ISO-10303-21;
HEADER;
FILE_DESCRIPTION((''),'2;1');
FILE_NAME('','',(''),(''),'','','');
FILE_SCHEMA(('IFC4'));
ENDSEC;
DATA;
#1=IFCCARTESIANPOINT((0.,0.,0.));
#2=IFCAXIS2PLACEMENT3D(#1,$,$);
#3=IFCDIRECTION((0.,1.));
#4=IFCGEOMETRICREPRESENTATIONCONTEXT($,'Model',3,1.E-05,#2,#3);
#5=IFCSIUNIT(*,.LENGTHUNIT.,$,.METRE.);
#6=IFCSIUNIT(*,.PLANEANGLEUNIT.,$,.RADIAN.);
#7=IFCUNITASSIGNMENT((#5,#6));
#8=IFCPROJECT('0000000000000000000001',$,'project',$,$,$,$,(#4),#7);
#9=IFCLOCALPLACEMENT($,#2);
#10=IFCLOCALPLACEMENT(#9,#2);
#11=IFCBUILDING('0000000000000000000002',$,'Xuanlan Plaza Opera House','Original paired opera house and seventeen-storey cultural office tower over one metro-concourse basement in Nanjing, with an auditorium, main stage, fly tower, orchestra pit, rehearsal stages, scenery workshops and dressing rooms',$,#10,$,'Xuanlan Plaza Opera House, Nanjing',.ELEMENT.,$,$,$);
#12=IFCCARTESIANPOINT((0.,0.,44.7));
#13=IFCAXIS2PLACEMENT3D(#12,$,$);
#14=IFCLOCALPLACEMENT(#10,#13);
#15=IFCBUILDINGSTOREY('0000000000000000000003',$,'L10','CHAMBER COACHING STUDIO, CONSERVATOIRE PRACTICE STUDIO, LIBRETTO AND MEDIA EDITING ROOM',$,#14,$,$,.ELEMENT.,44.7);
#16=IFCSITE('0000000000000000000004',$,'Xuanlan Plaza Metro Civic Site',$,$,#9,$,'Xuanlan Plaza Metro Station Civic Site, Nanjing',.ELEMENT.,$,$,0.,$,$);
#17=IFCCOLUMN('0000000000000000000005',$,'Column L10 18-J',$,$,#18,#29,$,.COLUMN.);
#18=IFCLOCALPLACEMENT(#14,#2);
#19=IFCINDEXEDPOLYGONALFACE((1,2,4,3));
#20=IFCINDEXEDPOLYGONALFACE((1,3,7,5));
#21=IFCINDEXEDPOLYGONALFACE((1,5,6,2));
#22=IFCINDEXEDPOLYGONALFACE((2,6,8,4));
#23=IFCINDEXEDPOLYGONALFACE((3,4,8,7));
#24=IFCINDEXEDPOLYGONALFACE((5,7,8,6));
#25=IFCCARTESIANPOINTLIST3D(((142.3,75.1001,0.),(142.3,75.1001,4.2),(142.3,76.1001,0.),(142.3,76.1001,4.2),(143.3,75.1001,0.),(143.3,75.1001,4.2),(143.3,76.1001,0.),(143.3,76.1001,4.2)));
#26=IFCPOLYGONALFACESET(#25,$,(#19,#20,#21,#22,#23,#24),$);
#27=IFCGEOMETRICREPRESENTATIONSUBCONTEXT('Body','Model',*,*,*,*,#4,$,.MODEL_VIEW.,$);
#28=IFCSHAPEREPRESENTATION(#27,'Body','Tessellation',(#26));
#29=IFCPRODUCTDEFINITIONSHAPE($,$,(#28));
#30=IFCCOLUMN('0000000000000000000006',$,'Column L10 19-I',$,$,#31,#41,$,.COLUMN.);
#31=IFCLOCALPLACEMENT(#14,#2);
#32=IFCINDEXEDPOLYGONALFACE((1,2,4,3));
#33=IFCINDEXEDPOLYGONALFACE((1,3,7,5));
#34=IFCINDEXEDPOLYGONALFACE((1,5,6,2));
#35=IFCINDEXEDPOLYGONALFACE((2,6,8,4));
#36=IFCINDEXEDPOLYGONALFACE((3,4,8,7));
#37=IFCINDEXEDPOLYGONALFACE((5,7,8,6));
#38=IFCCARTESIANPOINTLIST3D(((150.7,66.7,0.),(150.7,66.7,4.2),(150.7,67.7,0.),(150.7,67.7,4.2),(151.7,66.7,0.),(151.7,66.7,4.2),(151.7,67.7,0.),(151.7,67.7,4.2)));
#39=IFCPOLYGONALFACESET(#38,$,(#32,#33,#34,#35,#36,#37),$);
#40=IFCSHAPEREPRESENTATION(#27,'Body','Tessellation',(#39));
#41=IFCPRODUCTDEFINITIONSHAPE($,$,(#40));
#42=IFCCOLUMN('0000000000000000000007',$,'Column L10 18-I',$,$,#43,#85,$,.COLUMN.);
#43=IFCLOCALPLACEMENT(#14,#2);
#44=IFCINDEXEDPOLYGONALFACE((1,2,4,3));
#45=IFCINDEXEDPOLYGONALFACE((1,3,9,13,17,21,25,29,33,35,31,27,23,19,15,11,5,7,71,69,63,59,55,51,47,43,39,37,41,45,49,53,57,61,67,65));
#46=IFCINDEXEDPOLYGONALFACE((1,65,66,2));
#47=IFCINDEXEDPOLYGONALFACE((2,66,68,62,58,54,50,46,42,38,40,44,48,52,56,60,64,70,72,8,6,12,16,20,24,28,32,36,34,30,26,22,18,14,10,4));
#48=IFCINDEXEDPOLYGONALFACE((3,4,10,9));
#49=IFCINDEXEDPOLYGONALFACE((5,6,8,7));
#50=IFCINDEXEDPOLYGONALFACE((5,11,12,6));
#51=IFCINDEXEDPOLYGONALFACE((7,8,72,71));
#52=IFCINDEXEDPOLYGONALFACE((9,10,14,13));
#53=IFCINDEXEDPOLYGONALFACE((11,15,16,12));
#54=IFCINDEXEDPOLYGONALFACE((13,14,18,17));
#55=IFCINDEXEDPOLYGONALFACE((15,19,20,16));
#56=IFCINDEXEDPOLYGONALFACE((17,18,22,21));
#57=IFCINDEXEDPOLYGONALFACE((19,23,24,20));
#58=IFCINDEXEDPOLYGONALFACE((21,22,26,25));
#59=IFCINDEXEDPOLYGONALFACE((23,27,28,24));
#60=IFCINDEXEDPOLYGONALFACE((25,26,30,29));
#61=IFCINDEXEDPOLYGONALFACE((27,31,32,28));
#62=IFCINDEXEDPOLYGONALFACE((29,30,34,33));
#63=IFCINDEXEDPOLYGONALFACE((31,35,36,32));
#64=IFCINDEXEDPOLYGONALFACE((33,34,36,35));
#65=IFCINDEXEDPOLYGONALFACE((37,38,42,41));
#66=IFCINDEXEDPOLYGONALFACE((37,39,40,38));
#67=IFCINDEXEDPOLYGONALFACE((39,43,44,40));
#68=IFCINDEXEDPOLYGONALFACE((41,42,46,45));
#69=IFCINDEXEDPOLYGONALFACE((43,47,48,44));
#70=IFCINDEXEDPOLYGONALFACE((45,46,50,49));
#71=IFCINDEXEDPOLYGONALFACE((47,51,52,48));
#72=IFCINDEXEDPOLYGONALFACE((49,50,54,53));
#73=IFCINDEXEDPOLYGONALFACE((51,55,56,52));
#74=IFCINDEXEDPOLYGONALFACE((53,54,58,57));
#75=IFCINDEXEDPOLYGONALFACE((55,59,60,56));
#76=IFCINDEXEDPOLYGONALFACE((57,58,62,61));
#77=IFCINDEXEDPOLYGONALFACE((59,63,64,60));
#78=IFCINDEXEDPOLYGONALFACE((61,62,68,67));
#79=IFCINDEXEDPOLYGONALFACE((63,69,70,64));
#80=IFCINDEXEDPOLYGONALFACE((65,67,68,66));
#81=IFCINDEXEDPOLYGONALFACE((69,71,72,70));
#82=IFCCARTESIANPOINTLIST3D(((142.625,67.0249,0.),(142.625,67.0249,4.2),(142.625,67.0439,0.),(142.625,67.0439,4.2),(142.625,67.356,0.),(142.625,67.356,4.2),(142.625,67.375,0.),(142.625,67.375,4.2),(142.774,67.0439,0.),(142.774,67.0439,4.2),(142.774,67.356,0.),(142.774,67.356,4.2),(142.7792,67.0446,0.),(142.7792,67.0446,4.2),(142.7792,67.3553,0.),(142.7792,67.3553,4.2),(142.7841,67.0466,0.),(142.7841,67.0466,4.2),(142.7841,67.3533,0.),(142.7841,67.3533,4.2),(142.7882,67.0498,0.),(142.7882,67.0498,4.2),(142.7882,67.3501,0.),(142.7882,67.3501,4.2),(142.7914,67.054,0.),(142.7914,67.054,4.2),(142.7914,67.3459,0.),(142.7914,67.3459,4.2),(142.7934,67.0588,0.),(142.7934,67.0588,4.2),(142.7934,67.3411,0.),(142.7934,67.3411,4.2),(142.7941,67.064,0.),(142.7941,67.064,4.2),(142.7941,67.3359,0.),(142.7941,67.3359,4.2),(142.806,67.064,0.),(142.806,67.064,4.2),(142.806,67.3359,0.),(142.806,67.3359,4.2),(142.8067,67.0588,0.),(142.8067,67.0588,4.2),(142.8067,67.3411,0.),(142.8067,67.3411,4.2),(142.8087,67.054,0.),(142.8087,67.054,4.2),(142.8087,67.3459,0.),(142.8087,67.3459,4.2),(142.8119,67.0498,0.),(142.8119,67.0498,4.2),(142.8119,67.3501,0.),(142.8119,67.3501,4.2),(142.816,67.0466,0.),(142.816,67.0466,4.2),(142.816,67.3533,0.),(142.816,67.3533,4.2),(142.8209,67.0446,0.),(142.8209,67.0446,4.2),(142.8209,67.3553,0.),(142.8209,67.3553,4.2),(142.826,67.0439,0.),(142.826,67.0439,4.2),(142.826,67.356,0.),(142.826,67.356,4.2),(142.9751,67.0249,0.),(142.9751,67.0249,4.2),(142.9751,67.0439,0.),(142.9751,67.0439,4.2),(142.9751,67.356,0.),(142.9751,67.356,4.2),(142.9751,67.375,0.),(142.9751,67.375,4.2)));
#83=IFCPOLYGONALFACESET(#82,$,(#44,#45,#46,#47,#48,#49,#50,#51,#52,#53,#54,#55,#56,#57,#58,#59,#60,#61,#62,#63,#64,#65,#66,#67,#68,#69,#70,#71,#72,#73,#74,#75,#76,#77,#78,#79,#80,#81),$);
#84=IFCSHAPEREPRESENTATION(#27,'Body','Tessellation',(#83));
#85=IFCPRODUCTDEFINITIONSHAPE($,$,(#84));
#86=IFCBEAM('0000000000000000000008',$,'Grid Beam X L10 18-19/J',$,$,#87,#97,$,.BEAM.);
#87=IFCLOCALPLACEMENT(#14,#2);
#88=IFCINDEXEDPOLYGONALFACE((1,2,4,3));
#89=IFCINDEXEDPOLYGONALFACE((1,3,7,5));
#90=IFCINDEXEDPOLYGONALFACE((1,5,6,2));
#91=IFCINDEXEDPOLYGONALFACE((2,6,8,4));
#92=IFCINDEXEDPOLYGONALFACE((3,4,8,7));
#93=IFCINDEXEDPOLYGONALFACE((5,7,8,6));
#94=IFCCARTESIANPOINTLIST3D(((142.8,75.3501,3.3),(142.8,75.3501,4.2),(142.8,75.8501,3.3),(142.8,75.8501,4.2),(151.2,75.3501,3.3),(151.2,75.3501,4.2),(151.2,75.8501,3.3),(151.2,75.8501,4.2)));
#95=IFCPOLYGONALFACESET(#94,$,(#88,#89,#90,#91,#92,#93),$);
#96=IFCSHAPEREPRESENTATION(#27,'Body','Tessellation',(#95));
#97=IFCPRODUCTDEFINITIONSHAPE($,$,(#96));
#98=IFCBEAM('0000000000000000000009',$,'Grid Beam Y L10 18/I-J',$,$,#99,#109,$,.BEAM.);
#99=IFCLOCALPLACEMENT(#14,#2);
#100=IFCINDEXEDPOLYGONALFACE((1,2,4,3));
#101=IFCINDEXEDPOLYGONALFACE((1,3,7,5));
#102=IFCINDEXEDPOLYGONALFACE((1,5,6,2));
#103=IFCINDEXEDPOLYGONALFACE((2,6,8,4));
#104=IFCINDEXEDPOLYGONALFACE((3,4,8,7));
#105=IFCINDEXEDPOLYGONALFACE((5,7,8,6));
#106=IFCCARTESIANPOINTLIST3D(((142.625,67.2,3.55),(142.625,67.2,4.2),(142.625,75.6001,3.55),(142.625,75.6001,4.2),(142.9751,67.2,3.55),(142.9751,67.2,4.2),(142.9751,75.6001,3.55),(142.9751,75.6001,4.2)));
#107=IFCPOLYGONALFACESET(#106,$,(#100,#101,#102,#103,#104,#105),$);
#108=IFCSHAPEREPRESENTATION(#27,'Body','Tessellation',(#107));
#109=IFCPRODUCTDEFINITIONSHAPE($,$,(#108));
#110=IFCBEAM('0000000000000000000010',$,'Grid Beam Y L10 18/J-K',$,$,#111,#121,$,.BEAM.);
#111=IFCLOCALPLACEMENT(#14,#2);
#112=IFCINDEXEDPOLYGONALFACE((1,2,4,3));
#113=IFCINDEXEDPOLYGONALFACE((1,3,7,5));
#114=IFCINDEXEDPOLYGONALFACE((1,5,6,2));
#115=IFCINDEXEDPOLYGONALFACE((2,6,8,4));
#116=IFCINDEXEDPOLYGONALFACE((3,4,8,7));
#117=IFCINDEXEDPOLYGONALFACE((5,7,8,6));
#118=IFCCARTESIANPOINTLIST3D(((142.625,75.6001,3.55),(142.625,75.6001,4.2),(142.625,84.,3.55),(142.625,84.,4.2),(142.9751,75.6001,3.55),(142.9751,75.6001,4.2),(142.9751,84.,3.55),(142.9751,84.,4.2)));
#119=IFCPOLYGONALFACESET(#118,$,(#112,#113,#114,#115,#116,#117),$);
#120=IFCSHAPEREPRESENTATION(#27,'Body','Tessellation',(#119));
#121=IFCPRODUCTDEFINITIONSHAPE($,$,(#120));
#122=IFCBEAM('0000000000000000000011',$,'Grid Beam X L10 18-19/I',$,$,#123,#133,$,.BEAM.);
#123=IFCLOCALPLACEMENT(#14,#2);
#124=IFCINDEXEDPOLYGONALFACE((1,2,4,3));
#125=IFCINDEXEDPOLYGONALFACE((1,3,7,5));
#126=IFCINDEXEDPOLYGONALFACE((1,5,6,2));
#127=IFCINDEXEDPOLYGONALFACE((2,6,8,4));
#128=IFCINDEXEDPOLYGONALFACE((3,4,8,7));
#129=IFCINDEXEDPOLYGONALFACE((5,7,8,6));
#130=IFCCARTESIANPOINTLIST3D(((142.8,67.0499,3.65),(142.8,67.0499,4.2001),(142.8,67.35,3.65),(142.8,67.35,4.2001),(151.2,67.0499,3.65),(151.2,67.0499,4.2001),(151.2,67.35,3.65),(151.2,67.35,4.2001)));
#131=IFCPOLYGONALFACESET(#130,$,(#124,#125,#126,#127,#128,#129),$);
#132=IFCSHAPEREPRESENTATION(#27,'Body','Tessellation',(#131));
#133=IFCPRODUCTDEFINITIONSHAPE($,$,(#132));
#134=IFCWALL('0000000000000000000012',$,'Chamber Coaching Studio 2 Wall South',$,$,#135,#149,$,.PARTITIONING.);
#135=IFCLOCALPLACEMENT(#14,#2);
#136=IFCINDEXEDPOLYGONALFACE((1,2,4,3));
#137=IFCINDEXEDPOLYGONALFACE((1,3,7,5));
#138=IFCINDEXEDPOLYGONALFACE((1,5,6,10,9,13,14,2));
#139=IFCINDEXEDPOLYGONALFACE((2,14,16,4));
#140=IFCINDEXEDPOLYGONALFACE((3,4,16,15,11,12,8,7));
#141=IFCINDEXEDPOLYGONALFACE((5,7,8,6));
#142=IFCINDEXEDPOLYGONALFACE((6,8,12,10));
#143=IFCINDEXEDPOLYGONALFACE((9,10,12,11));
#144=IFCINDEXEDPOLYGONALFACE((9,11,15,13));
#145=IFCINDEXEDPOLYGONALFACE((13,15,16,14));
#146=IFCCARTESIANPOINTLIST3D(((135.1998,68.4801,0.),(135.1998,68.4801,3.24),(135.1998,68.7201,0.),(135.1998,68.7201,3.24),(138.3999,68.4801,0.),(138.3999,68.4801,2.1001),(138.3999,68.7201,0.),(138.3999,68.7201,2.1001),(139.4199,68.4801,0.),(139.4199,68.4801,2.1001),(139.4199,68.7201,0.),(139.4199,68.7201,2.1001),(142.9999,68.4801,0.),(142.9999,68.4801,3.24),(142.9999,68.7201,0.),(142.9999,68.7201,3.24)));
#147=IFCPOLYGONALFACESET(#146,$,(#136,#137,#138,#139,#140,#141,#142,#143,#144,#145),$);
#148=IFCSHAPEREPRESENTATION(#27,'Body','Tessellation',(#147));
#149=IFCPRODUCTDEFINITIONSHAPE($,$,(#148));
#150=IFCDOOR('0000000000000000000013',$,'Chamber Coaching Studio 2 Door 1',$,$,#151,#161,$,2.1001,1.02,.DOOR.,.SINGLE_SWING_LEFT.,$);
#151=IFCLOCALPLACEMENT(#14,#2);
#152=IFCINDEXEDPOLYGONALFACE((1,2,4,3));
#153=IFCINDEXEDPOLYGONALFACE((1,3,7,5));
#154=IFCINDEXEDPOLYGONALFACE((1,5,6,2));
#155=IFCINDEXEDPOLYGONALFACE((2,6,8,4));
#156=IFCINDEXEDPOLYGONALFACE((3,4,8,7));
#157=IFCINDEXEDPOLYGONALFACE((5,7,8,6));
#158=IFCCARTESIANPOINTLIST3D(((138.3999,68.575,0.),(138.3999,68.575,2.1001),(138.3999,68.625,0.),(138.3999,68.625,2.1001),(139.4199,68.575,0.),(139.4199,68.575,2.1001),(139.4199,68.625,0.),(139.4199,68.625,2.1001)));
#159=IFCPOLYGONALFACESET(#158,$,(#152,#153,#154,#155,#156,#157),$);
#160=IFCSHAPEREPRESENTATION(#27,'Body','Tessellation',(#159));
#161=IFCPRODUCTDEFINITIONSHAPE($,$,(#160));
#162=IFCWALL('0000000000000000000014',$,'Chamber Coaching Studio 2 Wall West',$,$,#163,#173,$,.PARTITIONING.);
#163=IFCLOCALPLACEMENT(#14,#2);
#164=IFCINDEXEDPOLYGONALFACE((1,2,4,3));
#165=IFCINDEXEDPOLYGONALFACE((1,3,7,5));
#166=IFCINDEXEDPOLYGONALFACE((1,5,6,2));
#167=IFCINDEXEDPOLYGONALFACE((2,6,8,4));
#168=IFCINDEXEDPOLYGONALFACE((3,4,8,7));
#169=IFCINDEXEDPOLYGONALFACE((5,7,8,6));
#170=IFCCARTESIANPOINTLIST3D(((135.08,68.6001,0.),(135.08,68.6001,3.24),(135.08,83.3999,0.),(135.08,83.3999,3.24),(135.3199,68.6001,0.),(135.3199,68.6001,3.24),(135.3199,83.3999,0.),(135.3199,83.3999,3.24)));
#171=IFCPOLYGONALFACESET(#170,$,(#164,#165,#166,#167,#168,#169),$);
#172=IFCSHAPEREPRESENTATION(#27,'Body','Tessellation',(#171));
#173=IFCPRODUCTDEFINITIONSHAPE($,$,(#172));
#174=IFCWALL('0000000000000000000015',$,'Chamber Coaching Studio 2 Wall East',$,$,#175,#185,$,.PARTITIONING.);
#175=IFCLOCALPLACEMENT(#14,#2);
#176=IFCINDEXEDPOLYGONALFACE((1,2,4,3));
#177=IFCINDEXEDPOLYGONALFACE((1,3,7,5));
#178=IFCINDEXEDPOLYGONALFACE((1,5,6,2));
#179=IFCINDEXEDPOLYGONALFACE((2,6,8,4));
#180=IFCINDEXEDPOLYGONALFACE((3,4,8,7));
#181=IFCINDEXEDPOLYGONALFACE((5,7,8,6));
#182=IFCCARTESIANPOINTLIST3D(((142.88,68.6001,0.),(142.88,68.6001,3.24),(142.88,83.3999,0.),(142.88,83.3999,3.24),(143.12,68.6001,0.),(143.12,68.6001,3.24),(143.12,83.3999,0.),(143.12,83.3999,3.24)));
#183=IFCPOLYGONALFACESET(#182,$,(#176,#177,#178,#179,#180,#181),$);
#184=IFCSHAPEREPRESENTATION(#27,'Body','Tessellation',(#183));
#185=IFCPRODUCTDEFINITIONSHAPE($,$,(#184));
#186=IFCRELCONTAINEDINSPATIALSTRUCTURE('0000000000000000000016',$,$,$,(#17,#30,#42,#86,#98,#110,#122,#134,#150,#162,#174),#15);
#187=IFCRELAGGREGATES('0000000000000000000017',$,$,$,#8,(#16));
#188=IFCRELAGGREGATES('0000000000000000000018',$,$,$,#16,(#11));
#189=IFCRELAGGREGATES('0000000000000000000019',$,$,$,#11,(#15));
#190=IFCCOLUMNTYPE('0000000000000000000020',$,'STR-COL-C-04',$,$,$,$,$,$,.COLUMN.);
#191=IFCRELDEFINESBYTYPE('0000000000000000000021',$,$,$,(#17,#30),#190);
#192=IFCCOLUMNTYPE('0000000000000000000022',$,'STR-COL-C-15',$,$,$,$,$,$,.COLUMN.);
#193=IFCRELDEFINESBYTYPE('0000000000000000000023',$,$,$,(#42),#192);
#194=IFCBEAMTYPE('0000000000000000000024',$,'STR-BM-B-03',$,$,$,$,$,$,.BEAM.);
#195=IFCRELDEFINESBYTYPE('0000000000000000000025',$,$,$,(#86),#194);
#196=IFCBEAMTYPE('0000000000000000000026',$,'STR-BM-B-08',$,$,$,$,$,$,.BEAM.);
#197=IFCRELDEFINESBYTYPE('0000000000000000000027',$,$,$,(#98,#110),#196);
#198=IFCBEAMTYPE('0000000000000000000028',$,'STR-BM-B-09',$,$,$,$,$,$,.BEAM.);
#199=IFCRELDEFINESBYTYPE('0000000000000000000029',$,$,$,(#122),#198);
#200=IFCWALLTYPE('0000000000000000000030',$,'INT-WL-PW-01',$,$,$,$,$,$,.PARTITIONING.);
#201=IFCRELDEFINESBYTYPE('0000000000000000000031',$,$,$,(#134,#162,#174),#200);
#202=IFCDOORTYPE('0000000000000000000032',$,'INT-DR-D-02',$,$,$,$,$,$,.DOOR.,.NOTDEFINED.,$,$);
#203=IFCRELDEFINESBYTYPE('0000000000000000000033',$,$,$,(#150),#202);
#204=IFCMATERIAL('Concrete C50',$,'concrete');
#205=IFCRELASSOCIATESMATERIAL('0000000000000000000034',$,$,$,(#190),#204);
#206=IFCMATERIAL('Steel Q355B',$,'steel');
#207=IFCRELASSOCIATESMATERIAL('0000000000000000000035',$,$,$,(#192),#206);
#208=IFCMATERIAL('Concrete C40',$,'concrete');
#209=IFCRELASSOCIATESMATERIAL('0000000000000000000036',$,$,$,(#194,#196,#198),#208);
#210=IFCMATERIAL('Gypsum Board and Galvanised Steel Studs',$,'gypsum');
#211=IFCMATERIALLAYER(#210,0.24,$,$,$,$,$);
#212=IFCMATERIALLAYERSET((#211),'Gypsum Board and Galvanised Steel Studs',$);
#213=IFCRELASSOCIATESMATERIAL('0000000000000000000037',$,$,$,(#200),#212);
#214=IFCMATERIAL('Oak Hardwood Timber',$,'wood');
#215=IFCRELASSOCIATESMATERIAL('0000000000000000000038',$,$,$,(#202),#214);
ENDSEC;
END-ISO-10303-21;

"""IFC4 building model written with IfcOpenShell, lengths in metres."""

from ifc_helpers import new_model, si_unit, direction, frame, frame_2d, origin, origin_2d, place, context, subcontext, project, spatial, rectangle, i_section, extrude, material, layer, layer_set, material_profile, profile_set, type_object, element, fill, save


model = new_model("IFC4")

# Units and contexts
model_context = context("Model", 3, precision=1e-05, world=origin(), true_north=direction((0.0, 1.0)))
body_context = subcontext(model_context, "Body", "Model", "MODEL_VIEW")
ifc_project = project(units=[si_unit("LENGTHUNIT", "METRE"), si_unit("PLANEANGLEUNIT", "RADIAN")], contexts=[model_context])

# Site, building, storey
site_placement = place(None, origin())
site = spatial("IfcSite", under=ifc_project, at=site_placement, Name="Xuanlan Plaza Metro Civic Site", LongName="Xuanlan Plaza Metro Station Civic Site, Nanjing", CompositionType="ELEMENT", RefElevation=0.0)
building_placement = place(site_placement, origin())
building = spatial("IfcBuilding", under=site, at=building_placement, Name="Xuanlan Plaza Opera House", Description="Original paired opera house and seventeen-storey cultural office tower over one metro-concourse basement in Nanjing, with an auditorium, main stage, fly tower, orchestra pit, rehearsal stages, scenery workshops and dressing rooms", LongName="Xuanlan Plaza Opera House, Nanjing", CompositionType="ELEMENT")
storey_placement = place(building_placement, frame((0.0, 0.0, 44.7)))
storey = spatial("IfcBuildingStorey", under=building, at=storey_placement, Name="L10", Description="CHAMBER COACHING STUDIO, CONSERVATOIRE PRACTICE STUDIO, LIBRETTO AND MEDIA EDITING ROOM", CompositionType="ELEMENT", Elevation=44.7)

# Columns
ifc_material_1 = material(Name="Concrete C50", Category="concrete")
ifc_material_profile_1 = material_profile(ifc_material_1, rectangle(XDim=1.0, YDim=1.0, at=origin_2d()), Name="RC-COL 1000x1000")
ifc_profile_set_1 = profile_set([ifc_material_profile_1], Name="Concrete C50")
column_type_1 = type_object("IfcColumnType", Name="STR-COL-C-04", PredefinedType="COLUMN", material=ifc_profile_set_1)
for number, where, z_axis, x_axis, name in (
    (1, (142.8, 75.6001, 0.0), (0.0, 0.0, 1.0), (1.0, 0.0, 0.0), "Column L10 18-J"),
    (2, (151.2, 67.2, 0.0), (0.0, 0.0, 1.0), (1.0, 0.0, 0.0), "Column L10 19-I"),
):
    element("IfcColumn", number, at=place(storey_placement, frame(where, z_axis=z_axis, x_axis=x_axis)), inside=storey, type_object=column_type_1, Name=name, PredefinedType="COLUMN", context=body_context, shape_type="SweptSolid", body=[
        extrude(rectangle(XDim=1.0, YDim=1.0, at=origin_2d()), origin(), (0.0, 0.0, 1.0), 4.2),
    ])
ifc_material_2 = material(Name="Steel Q355B", Category="steel")
ifc_material_profile_2 = material_profile(ifc_material_2, i_section(OverallWidth=0.3501, OverallDepth=0.3501, WebThickness=0.012, FlangeThickness=0.019, FilletRadius=0.02, at=origin_2d()), Name="HW 350x350x12x19")
ifc_profile_set_2 = profile_set([ifc_material_profile_2], Name="Steel Q355B")
column_type_2 = type_object("IfcColumnType", Name="STR-COL-C-15", PredefinedType="COLUMN", material=ifc_profile_set_2)
column_placement = place(storey_placement, frame((142.8, 67.2, 0.0), z_axis=(0.0, 0.0, 1.0), x_axis=(1.0, 0.0, 0.0)))
element("IfcColumn", 3, at=column_placement, inside=storey, type_object=column_type_2, Name="Column L10 18-I", PredefinedType="COLUMN", context=body_context, shape_type="SweptSolid", body=[
    extrude(i_section(OverallWidth=0.3501, OverallDepth=0.3501, WebThickness=0.012, FlangeThickness=0.019, FilletRadius=0.02, at=origin_2d()), origin(), (0.0, 0.0, 1.0), 4.2),
])

# Beams
ifc_material_3 = material(Name="Concrete C40", Category="concrete")
ifc_material_profile_3 = material_profile(ifc_material_3, rectangle(XDim=0.5, YDim=0.8999, at=origin_2d()), Name="RC-BM 500x900")
ifc_profile_set_3 = profile_set([ifc_material_profile_3], Name="Concrete C40")
beam_type_1 = type_object("IfcBeamType", Name="STR-BM-B-03", PredefinedType="BEAM", material=ifc_profile_set_3)
beam_1_placement = place(storey_placement, frame((142.8, 75.6001, 3.75), z_axis=(1.0, 0.0, 0.0), x_axis=(0.0, 1.0, 0.0)))
element("IfcBeam", 4, at=beam_1_placement, inside=storey, type_object=beam_type_1, Name="Grid Beam X L10 18-19/J", PredefinedType="BEAM", context=body_context, shape_type="SweptSolid", body=[
    extrude(rectangle(XDim=0.5, YDim=0.8999, at=origin_2d()), origin(), (0.0, 0.0, 1.0), 8.3999),
])
ifc_material_profile_4 = material_profile(ifc_material_3, rectangle(XDim=0.3501, YDim=0.6499, at=origin_2d()), Name="RC-BM 350x650")
ifc_profile_set_4 = profile_set([ifc_material_profile_4], Name="Concrete C40")
beam_type_2 = type_object("IfcBeamType", Name="STR-BM-B-08", PredefinedType="BEAM", material=ifc_profile_set_4)
beam_2_placement = place(storey_placement, frame((142.8, 67.2, 3.875), z_axis=(0.0, 1.0, 0.0), x_axis=(-1.0, 0.0, 0.0)))
element("IfcBeam", 5, at=beam_2_placement, inside=storey, type_object=beam_type_2, Name="Grid Beam Y L10 18/I-J", PredefinedType="BEAM", context=body_context, shape_type="SweptSolid", body=[
    extrude(rectangle(XDim=0.3501, YDim=0.6499, at=origin_2d()), origin(), (0.0, 0.0, 1.0), 8.4001),
])
beam_3_placement = place(storey_placement, frame((142.8, 75.6001, 3.875), z_axis=(0.0, 1.0, 0.0), x_axis=(-1.0, 0.0, 0.0)))
element("IfcBeam", 6, at=beam_3_placement, inside=storey, type_object=beam_type_2, Name="Grid Beam Y L10 18/J-K", PredefinedType="BEAM", context=body_context, shape_type="SweptSolid", body=[
    extrude(rectangle(XDim=0.3501, YDim=0.6499, at=origin_2d()), origin(), (0.0, 0.0, 1.0), 8.3999),
])
ifc_material_profile_5 = material_profile(ifc_material_3, rectangle(XDim=0.3, YDim=0.55, at=origin_2d()), Name="RC-BM 300x550")
ifc_profile_set_5 = profile_set([ifc_material_profile_5], Name="Concrete C40")
beam_type_3 = type_object("IfcBeamType", Name="STR-BM-B-09", PredefinedType="BEAM", material=ifc_profile_set_5)
beam_4_placement = place(storey_placement, frame((142.8, 67.2, 3.925), z_axis=(1.0, 0.0, 0.0), x_axis=(0.0, 1.0, 0.0)))
element("IfcBeam", 7, at=beam_4_placement, inside=storey, type_object=beam_type_3, Name="Grid Beam X L10 18-19/I", PredefinedType="BEAM", context=body_context, shape_type="SweptSolid", body=[
    extrude(rectangle(XDim=0.3, YDim=0.55, at=origin_2d()), origin(), (0.0, 0.0, 1.0), 8.3999),
])

# Wall, opening, door
ifc_material_4 = material(Name="Gypsum Board and Galvanised Steel Studs", Category="gypsum")
ifc_layer_1 = layer(ifc_material_4, 0.24)
ifc_layer_set_1 = layer_set([ifc_layer_1], Name="Gypsum Board and Galvanised Steel Studs")
wall_type_1 = type_object("IfcWallType", Name="INT-WL-PW-01", PredefinedType="PARTITIONING", material=ifc_layer_set_1)
wall_1_placement = place(storey_placement, frame((135.2, 68.6001, 0.0), z_axis=(0.0, 0.0, 1.0), x_axis=(1.0, 0.0, 0.0)))
wall_1 = element("IfcWall", 8, at=wall_1_placement, inside=storey, type_object=wall_type_1, Name="Chamber Coaching Studio 2 Wall South", PredefinedType="PARTITIONING", context=body_context, shape_type="SweptSolid", body=[
    extrude(rectangle(XDim=7.8, YDim=0.24, at=frame_2d((3.8999, 0.0))), origin(), (0.0, 0.0, 1.0), 3.24),
])
opening_1_placement = place(wall_1_placement, frame((3.2, 0.0, 0.0)))
opening_1 = element("IfcOpeningElement", 9, at=opening_1_placement, cuts=wall_1, PredefinedType="OPENING", context=body_context, shape_type="SweptSolid", body=[
    extrude(rectangle(XDim=1.02, YDim=2.1001, at=frame_2d((0.51, 1.05))), frame((0.0, 0.1299, 0.0), z_axis=(0.0, -1.0, 0.0), x_axis=(1.0, 0.0, 0.0)), (0.0, 0.0, 1.0), 0.26),
])
ifc_material_5 = material(Name="Oak Hardwood Timber", Category="wood")
door_type_1 = type_object("IfcDoorType", Name="INT-DR-D-02", OperationType="NOTDEFINED", PredefinedType="DOOR", material=ifc_material_5)
door_1_placement = place(opening_1_placement, origin())
door_1 = element("IfcDoor", 10, at=door_1_placement, inside=storey, type_object=door_type_1, Name="Chamber Coaching Studio 2 Door 1", OperationType="SINGLE_SWING_LEFT", OverallHeight=2.1001, OverallWidth=1.02, PredefinedType="DOOR", context=body_context, shape_type="SweptSolid", body=[
    extrude(rectangle(XDim=1.02, YDim=2.1001, at=frame_2d((0.51, 1.05))), frame((0.0, 0.0249, 0.0), z_axis=(0.0, -1.0, 0.0), x_axis=(1.0, 0.0, 0.0)), (0.0, 0.0, 1.0), 0.05),
])
fill(opening_1, door_1)

# Walls
for number, where, z_axis, x_axis, name in (
    (11, (135.2, 68.6001, 0.0), (0.0, 0.0, 1.0), (0.0, 1.0, 0.0), "Chamber Coaching Studio 2 Wall West"),
    (12, (143.0, 68.6001, 0.0), (0.0, 0.0, 1.0), (0.0, 1.0, 0.0), "Chamber Coaching Studio 2 Wall East"),
):
    element("IfcWall", number, at=place(storey_placement, frame(where, z_axis=z_axis, x_axis=x_axis)), inside=storey, type_object=wall_type_1, Name=name, PredefinedType="PARTITIONING", context=body_context, shape_type="SweptSolid", body=[
        extrude(rectangle(XDim=14.7998, YDim=0.24, at=frame_2d((7.3999, 0.0))), origin(), (0.0, 0.0, 1.0), 3.24),
    ])

save(model, "model.ifc")
